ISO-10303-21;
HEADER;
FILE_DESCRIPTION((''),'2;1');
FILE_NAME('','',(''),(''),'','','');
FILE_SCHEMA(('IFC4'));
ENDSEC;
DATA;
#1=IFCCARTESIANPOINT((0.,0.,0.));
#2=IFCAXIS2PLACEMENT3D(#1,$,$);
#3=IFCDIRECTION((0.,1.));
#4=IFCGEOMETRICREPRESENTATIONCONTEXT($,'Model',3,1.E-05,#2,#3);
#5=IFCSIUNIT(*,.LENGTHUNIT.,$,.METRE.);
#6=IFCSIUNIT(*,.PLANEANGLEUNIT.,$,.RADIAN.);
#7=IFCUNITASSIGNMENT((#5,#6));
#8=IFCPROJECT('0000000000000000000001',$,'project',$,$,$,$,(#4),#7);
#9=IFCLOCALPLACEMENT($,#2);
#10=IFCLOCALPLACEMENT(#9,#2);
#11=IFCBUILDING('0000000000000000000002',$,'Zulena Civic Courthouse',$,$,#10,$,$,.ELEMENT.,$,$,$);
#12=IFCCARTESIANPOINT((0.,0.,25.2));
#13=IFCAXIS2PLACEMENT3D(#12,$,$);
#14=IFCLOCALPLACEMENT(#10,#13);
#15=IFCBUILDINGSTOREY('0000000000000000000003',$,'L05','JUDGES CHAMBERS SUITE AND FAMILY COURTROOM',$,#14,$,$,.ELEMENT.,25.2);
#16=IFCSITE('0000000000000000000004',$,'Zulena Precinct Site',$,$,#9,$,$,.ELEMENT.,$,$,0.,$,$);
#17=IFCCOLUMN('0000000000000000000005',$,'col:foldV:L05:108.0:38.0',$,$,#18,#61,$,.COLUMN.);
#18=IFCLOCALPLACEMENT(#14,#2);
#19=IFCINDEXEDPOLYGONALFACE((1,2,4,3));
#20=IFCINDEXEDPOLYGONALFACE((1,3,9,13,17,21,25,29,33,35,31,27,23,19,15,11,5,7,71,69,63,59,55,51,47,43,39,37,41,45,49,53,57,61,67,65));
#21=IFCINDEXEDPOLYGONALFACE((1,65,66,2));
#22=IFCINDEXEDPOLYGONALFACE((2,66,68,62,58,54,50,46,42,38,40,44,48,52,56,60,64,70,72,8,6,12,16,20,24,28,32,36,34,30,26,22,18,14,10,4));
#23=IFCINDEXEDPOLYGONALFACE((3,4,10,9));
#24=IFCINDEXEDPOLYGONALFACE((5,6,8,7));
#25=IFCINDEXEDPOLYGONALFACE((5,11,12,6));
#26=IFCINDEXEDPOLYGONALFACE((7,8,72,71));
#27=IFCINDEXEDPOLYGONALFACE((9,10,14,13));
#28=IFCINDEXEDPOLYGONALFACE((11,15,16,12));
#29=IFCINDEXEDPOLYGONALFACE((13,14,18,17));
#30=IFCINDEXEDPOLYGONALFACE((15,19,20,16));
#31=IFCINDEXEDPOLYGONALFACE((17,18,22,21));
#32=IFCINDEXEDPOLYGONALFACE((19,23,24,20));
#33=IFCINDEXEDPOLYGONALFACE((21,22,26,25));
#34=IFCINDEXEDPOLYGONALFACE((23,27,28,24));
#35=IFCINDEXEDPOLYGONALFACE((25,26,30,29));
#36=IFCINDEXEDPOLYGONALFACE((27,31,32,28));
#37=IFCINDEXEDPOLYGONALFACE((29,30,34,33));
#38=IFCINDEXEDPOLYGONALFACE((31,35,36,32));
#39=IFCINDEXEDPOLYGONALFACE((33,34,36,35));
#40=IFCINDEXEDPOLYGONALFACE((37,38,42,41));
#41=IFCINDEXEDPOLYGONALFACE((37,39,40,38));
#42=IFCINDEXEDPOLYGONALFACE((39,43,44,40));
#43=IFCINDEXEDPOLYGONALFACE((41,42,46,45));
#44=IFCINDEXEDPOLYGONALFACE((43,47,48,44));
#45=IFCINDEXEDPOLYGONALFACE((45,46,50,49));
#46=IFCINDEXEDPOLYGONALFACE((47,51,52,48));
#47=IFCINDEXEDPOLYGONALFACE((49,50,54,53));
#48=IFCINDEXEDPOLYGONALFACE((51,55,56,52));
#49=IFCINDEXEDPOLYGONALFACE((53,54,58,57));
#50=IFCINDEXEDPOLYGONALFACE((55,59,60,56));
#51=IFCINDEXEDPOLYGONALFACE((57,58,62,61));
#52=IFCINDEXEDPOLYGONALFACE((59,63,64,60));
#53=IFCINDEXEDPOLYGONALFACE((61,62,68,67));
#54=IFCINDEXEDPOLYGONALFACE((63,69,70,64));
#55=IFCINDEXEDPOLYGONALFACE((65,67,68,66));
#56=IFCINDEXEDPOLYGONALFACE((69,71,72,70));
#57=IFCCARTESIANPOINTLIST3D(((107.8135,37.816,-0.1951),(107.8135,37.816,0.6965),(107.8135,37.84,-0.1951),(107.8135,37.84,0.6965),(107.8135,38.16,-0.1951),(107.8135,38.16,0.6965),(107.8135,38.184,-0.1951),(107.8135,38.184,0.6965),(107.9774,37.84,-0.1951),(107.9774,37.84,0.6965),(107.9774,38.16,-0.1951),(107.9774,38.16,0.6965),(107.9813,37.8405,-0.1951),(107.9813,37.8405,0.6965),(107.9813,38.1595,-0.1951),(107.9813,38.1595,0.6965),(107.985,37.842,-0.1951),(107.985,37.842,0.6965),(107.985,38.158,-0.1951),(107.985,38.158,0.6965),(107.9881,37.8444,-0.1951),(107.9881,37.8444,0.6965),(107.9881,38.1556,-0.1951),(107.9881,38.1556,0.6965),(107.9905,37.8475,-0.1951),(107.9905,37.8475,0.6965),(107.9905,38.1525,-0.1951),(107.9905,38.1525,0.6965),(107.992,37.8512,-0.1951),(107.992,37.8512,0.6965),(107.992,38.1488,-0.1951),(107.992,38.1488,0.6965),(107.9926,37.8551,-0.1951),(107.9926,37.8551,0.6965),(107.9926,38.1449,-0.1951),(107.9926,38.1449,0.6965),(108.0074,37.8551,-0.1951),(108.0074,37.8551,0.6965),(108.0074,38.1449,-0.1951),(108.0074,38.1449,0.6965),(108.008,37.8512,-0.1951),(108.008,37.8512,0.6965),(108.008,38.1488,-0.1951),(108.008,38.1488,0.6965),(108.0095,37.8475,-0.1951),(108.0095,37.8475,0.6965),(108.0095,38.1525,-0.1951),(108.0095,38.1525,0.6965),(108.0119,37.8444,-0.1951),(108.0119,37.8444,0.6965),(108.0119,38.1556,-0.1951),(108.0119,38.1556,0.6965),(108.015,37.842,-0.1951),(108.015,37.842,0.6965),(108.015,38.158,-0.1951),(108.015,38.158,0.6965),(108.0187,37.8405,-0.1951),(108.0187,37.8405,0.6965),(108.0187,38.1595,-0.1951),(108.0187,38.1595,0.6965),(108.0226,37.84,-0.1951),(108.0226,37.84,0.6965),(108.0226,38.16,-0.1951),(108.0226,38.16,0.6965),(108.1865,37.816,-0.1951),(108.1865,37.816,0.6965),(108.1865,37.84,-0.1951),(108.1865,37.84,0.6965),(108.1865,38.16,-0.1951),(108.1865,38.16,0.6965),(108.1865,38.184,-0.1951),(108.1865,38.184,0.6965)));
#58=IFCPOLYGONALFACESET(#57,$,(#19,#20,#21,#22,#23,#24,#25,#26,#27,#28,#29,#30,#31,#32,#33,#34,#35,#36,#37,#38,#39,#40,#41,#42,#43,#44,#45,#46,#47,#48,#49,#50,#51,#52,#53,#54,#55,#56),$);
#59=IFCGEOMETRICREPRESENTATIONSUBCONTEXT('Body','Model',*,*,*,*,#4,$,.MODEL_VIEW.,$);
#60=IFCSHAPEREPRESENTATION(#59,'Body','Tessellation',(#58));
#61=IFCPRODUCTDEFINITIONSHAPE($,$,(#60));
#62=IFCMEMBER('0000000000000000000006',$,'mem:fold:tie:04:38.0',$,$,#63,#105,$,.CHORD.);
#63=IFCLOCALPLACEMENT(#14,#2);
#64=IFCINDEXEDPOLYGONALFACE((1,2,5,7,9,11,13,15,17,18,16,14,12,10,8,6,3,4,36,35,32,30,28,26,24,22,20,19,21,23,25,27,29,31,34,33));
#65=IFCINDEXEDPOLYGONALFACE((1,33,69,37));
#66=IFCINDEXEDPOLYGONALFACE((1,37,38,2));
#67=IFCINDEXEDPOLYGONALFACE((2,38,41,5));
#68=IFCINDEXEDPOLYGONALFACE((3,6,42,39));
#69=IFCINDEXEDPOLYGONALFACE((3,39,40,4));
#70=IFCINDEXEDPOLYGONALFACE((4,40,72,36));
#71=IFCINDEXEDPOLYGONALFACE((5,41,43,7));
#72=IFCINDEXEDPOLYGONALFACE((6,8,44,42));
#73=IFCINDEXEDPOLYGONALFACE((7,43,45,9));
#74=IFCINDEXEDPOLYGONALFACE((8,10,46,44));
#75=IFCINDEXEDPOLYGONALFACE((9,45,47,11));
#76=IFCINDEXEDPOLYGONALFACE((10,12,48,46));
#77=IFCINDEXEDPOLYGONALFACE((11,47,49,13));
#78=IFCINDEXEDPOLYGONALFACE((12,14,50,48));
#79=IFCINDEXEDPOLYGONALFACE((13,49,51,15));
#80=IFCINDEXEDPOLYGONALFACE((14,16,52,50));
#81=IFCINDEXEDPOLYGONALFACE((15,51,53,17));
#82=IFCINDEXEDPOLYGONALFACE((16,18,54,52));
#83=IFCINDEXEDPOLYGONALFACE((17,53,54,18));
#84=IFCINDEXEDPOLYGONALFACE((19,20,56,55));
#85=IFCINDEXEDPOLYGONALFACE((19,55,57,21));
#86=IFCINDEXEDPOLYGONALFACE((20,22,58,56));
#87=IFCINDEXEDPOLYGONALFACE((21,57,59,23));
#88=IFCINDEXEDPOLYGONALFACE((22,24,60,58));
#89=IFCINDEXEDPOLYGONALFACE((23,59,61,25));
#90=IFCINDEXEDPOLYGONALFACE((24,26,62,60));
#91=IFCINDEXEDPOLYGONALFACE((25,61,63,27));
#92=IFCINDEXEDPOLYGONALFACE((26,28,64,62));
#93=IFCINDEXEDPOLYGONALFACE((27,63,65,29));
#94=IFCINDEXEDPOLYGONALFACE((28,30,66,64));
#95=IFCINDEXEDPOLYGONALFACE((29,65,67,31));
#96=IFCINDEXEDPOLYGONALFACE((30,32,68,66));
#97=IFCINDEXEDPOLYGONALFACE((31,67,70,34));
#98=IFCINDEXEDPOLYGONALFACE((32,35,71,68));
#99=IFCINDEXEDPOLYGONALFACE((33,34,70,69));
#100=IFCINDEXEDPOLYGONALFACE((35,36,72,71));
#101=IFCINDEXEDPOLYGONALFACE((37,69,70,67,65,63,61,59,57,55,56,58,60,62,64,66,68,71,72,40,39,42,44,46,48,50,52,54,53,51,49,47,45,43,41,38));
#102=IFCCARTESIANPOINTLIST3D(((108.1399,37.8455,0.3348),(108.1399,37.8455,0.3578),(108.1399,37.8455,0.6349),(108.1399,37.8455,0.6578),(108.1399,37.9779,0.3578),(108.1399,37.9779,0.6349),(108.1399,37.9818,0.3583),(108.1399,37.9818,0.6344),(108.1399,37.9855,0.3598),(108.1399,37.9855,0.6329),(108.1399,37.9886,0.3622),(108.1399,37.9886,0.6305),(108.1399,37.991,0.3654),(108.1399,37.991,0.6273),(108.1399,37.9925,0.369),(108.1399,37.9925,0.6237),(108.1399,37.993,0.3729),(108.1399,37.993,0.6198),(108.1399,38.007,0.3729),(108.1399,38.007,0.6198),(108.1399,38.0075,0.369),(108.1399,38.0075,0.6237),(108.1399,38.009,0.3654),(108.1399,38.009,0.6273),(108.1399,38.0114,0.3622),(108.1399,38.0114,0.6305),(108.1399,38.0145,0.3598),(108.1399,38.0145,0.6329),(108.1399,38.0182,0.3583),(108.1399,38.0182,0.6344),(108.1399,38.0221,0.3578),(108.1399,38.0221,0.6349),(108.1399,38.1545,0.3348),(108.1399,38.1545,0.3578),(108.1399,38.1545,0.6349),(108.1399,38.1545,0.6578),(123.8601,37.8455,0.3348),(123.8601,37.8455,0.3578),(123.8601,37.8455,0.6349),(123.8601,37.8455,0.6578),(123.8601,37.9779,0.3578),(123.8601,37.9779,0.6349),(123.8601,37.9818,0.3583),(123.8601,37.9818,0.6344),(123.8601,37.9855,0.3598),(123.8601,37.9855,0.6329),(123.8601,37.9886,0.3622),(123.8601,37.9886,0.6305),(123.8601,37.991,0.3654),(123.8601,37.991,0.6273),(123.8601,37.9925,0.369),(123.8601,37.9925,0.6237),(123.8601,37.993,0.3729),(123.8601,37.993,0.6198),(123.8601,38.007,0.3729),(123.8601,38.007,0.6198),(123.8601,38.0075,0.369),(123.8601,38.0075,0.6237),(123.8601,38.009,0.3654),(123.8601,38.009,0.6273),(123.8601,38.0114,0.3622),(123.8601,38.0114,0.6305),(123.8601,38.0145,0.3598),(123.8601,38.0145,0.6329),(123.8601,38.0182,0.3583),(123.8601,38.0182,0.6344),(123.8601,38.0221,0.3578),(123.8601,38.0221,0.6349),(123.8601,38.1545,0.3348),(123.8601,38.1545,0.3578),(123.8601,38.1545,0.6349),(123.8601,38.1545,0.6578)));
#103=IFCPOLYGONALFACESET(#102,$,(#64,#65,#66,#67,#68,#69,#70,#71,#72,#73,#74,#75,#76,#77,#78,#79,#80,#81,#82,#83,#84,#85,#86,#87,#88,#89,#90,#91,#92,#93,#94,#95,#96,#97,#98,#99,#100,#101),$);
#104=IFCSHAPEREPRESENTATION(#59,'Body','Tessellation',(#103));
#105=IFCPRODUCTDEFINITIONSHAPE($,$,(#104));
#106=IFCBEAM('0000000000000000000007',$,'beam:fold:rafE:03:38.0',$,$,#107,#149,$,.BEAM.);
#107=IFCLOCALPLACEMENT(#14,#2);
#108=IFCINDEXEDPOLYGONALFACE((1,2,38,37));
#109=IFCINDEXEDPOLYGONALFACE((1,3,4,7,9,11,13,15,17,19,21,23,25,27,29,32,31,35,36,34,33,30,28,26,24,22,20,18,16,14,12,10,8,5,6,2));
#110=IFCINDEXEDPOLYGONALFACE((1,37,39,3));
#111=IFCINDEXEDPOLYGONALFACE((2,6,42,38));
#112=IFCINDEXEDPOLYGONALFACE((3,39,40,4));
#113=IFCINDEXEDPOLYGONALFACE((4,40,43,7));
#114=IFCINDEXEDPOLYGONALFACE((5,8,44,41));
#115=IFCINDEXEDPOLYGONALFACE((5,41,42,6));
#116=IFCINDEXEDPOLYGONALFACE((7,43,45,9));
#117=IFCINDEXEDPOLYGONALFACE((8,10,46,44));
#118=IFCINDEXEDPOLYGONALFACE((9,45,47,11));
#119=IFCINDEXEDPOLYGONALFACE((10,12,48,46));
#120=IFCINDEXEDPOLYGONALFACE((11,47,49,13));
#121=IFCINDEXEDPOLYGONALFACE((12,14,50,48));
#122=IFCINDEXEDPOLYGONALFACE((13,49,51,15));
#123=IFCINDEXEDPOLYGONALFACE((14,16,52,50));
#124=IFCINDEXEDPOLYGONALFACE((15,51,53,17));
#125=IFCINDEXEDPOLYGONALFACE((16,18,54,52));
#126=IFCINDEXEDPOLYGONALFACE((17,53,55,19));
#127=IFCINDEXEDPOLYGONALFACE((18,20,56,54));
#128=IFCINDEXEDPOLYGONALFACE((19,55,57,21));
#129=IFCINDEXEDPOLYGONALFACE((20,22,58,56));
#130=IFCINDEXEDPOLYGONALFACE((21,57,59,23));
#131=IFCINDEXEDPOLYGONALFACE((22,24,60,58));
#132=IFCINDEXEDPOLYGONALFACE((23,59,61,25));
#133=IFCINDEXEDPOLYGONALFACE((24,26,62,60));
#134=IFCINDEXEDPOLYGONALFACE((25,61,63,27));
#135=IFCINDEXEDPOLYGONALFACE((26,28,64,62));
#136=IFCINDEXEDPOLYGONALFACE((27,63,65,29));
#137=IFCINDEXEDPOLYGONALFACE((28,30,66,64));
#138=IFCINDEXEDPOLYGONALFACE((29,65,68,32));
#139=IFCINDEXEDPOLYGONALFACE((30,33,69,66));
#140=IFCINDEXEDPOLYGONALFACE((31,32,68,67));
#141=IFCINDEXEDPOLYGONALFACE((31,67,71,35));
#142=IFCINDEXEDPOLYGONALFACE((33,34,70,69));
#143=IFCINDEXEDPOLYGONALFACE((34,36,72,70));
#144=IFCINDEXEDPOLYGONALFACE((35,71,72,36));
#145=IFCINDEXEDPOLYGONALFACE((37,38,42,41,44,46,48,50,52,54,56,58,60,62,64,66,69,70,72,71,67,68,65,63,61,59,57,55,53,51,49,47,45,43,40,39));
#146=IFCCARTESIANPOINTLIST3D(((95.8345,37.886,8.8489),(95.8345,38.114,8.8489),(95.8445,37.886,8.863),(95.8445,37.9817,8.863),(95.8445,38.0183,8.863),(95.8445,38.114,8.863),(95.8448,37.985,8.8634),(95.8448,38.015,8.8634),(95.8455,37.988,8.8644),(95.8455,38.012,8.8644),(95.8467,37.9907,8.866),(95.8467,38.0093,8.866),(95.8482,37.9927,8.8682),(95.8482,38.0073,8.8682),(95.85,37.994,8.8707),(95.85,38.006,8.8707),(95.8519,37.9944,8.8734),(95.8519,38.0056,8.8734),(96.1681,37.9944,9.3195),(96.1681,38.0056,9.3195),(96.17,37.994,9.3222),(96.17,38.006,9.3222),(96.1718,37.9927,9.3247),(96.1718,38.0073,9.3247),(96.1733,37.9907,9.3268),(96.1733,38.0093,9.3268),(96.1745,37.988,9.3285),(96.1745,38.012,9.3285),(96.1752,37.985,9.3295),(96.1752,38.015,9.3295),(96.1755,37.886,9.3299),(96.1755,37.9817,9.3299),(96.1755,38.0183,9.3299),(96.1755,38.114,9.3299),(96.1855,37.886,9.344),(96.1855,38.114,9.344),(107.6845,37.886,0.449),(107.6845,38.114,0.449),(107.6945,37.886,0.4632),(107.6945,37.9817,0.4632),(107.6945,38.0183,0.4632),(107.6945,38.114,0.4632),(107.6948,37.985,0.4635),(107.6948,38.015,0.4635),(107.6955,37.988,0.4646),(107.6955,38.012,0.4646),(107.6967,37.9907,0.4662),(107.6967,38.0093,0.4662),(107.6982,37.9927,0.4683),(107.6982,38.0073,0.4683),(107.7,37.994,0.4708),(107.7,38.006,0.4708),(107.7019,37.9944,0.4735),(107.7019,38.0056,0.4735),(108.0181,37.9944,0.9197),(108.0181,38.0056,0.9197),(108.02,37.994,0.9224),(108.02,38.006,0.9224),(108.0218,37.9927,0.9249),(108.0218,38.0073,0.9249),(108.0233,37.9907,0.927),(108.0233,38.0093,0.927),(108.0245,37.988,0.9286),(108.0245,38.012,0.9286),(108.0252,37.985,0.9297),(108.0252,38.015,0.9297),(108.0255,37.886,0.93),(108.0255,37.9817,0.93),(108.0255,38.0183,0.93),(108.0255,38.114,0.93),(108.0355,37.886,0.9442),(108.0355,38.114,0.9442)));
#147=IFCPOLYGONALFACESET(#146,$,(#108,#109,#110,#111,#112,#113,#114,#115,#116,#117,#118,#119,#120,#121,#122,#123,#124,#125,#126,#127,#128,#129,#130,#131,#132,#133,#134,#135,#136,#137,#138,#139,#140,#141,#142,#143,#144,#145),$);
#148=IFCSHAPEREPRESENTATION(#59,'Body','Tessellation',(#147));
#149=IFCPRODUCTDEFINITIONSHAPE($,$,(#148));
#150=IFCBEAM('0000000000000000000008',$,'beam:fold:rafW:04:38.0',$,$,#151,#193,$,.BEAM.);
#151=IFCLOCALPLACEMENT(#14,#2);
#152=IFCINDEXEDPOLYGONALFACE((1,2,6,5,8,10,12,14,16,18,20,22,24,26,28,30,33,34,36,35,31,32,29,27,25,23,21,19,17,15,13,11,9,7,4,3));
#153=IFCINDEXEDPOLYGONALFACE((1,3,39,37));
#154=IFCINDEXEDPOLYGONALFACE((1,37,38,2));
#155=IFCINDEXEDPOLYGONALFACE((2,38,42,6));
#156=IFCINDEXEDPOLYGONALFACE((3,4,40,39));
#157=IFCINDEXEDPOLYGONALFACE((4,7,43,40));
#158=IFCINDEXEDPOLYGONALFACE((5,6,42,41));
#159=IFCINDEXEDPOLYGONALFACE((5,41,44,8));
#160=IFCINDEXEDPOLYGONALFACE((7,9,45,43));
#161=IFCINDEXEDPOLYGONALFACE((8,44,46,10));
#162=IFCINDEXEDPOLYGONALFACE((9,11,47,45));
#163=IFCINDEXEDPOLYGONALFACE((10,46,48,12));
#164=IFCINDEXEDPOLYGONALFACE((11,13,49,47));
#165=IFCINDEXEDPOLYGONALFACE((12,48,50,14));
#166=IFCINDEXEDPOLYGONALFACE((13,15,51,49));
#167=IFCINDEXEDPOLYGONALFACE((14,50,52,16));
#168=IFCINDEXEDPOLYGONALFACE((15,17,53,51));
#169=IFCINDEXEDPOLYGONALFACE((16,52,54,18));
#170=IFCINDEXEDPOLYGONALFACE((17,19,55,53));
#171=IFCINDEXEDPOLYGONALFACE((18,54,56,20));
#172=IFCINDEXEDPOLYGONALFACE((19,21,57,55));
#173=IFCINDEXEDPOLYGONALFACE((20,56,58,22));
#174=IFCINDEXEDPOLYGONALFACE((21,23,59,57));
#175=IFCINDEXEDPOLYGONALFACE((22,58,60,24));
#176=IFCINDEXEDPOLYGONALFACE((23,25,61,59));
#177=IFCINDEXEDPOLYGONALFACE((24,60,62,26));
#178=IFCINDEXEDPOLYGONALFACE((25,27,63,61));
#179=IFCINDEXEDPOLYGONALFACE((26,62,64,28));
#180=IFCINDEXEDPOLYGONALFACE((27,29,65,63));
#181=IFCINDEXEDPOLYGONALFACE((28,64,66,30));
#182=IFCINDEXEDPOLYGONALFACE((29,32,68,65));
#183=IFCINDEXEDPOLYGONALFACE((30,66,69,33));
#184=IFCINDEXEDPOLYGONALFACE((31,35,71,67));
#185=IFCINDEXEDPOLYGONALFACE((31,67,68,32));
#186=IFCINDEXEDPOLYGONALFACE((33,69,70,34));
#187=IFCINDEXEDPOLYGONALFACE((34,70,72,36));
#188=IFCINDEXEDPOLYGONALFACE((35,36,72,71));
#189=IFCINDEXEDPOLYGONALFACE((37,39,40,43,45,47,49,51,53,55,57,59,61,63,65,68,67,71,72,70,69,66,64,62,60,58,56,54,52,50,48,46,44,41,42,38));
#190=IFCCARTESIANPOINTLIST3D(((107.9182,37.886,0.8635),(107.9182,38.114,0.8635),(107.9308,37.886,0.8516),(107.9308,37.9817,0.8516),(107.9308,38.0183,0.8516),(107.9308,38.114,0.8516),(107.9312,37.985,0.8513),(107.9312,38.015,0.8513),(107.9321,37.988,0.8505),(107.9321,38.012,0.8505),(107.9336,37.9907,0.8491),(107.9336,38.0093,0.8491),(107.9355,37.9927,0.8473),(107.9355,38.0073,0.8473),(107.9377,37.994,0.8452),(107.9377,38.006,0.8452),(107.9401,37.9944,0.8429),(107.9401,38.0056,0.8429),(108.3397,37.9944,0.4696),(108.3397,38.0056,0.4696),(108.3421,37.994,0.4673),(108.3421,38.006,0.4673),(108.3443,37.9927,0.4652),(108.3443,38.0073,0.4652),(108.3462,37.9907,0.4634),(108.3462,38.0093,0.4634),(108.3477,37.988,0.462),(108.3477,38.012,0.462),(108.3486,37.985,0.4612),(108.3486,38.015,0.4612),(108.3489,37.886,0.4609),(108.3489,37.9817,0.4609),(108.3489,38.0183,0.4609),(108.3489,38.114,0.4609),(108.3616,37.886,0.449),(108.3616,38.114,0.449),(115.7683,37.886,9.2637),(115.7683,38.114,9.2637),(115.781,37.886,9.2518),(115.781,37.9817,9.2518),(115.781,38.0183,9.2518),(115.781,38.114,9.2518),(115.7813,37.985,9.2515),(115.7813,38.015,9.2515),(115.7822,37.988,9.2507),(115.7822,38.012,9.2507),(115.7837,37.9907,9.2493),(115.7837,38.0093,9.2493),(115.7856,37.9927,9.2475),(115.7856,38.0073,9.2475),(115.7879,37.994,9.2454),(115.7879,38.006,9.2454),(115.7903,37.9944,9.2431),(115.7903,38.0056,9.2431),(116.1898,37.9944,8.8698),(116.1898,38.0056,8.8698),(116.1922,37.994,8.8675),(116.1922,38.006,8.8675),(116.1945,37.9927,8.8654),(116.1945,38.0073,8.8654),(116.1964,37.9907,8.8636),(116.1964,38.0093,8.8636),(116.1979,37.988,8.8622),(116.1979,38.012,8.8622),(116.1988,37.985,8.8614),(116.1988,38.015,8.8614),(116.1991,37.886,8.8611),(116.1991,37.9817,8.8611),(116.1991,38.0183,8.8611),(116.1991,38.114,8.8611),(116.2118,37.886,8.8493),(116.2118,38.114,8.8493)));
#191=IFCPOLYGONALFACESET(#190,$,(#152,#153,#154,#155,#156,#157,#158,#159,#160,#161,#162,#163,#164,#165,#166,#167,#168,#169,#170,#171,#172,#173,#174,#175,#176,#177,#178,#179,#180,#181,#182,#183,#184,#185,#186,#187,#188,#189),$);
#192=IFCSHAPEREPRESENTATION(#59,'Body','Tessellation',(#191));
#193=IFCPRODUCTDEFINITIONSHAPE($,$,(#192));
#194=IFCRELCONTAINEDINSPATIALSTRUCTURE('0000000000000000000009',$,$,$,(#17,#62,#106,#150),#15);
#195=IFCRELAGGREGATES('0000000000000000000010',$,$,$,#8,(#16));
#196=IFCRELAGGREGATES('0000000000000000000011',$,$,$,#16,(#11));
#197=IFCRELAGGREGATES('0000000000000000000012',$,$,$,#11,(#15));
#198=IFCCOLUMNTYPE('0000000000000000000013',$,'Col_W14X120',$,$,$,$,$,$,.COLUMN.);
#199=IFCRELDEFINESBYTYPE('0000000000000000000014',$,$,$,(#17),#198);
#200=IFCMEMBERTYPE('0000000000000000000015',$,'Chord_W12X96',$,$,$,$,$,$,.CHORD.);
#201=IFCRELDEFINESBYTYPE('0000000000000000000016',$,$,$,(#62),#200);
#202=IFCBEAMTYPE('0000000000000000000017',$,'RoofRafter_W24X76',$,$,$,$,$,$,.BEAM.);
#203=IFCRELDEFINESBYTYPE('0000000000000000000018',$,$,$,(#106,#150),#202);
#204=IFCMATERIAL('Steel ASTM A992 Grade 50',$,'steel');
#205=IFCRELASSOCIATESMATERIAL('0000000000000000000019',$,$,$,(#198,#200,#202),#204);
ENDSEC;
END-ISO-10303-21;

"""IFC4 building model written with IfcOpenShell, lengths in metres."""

from ifc_helpers import new_model, si_unit, direction, frame, origin, origin_2d, place, context, subcontext, project, spatial, i_section, extrude, material, material_profile, profile_set, type_object, element, save


model = new_model("IFC4")

# Units and contexts
model_context = context("Model", 3, precision=1e-05, world=origin(), true_north=direction((0.0, 1.0)))
body_context = subcontext(model_context, "Body", "Model", "MODEL_VIEW")
ifc_project = project(units=[si_unit("LENGTHUNIT", "METRE"), si_unit("PLANEANGLEUNIT", "RADIAN")], contexts=[model_context])

# Site, building, storey
site_placement = place(None, origin())
site = spatial("IfcSite", under=ifc_project, at=site_placement, Name="Zulena Precinct Site", CompositionType="ELEMENT", RefElevation=0.0)
building_placement = place(site_placement, origin())
building = spatial("IfcBuilding", under=site, at=building_placement, Name="Zulena Civic Courthouse", CompositionType="ELEMENT")
storey_placement = place(building_placement, frame((0.0, 0.0, 25.2)))
storey = spatial("IfcBuildingStorey", under=building, at=storey_placement, Name="L05", Description="JUDGES CHAMBERS SUITE AND FAMILY COURTROOM", CompositionType="ELEMENT", Elevation=25.2)

# Column
ifc_material_1 = material(Name="Steel ASTM A992 Grade 50", Category="steel")
ifc_material_profile_1 = material_profile(ifc_material_1, i_section(OverallWidth=0.373, OverallDepth=0.3679, WebThickness=0.0149, FlangeThickness=0.0239, FilletRadius=0.0151, at=origin_2d()), Name="W14X120")
ifc_profile_set_1 = profile_set([ifc_material_profile_1], Name="Steel ASTM A992 Grade 50")
column_type = type_object("IfcColumnType", Name="Col_W14X120", PredefinedType="COLUMN", material=ifc_profile_set_1)
column_placement = place(storey_placement, frame((108.0, 38.0, -0.1951), z_axis=(0.0, 0.0, 1.0), x_axis=(1.0, 0.0, 0.0)))
element("IfcColumn", 1, at=column_placement, inside=storey, type_object=column_type, Name="col:foldV:L05:108.0:38.0", PredefinedType="COLUMN", context=body_context, shape_type="SweptSolid", body=[
    extrude(i_section(OverallWidth=0.373, OverallDepth=0.3679, WebThickness=0.0149, FlangeThickness=0.0239, FilletRadius=0.0151, at=origin_2d()), origin(), (0.0, 0.0, 1.0), 0.8916),
])

# Member
ifc_material_profile_2 = material_profile(ifc_material_1, i_section(OverallWidth=0.3091, OverallDepth=0.323, WebThickness=0.0139, FlangeThickness=0.0229, FilletRadius=0.0151, at=origin_2d()), Name="W12X96")
ifc_profile_set_2 = profile_set([ifc_material_profile_2], Name="Steel ASTM A992 Grade 50")
member_type_1 = type_object("IfcMemberType", Name="Chord_W12X96", PredefinedType="CHORD", material=ifc_profile_set_2)
member_1_placement = place(storey_placement, frame((108.1399, 38.0, 0.4963), z_axis=(1.0, 0.0, 0.0), x_axis=(0.0, 1.0, 0.0)))
element("IfcMember", 2, at=member_1_placement, inside=storey, type_object=member_type_1, Name="mem:fold:tie:04:38.0", PredefinedType="CHORD", context=body_context, shape_type="SweptSolid", body=[
    extrude(i_section(OverallWidth=0.3091, OverallDepth=0.323, WebThickness=0.0139, FlangeThickness=0.0229, FilletRadius=0.0151, at=origin_2d()), origin(), (0.0, 0.0, 1.0), 15.7202),
])

# Beams
ifc_material_profile_3 = material_profile(ifc_material_1, i_section(OverallWidth=0.228, OverallDepth=0.6069, WebThickness=0.0112, FlangeThickness=0.0173, FilletRadius=0.0127, at=origin_2d()), Name="W24X76")
ifc_profile_set_3 = profile_set([ifc_material_profile_3], Name="Steel ASTM A992 Grade 50")
beam_type = type_object("IfcBeamType", Name="RoofRafter_W24X76", PredefinedType="BEAM", material=ifc_profile_set_3)
beam_placement = place(storey_placement, frame((96.01, 38.0, 9.0964), z_axis=(0.815827, 0.0, -0.578296), x_axis=(0.0, 1.0, 0.0)))
element("IfcBeam", 3, at=beam_placement, inside=storey, type_object=beam_type, Name="beam:fold:rafE:03:38.0", PredefinedType="BEAM", context=body_context, shape_type="SweptSolid", body=[
    extrude(i_section(OverallWidth=0.228, OverallDepth=0.6069, WebThickness=0.0112, FlangeThickness=0.0173, FilletRadius=0.0127, at=origin_2d()), origin(), (0.0, 0.0, 1.0), 14.5251),
])
for number, where, z_axis, x_axis, name in (
    (4, (108.1399, 38.0, 0.6562), (0.682781, 0.0, 0.730623), (0.0, 1.0, 0.0), "beam:fold:rafW:04:38.0"),
):
    element("IfcBeam", number, at=place(storey_placement, frame(where, z_axis=z_axis, x_axis=x_axis)), inside=storey, type_object=beam_type, Name=name, PredefinedType="BEAM", context=body_context, shape_type="SweptSolid", body=[
        extrude(i_section(OverallWidth=0.228, OverallDepth=0.6069, WebThickness=0.0112, FlangeThickness=0.0173, FilletRadius=0.0127, at=origin_2d()), origin(), (0.0, 0.0, 1.0), 11.4973),
    ])

save(model, "model.ifc")
